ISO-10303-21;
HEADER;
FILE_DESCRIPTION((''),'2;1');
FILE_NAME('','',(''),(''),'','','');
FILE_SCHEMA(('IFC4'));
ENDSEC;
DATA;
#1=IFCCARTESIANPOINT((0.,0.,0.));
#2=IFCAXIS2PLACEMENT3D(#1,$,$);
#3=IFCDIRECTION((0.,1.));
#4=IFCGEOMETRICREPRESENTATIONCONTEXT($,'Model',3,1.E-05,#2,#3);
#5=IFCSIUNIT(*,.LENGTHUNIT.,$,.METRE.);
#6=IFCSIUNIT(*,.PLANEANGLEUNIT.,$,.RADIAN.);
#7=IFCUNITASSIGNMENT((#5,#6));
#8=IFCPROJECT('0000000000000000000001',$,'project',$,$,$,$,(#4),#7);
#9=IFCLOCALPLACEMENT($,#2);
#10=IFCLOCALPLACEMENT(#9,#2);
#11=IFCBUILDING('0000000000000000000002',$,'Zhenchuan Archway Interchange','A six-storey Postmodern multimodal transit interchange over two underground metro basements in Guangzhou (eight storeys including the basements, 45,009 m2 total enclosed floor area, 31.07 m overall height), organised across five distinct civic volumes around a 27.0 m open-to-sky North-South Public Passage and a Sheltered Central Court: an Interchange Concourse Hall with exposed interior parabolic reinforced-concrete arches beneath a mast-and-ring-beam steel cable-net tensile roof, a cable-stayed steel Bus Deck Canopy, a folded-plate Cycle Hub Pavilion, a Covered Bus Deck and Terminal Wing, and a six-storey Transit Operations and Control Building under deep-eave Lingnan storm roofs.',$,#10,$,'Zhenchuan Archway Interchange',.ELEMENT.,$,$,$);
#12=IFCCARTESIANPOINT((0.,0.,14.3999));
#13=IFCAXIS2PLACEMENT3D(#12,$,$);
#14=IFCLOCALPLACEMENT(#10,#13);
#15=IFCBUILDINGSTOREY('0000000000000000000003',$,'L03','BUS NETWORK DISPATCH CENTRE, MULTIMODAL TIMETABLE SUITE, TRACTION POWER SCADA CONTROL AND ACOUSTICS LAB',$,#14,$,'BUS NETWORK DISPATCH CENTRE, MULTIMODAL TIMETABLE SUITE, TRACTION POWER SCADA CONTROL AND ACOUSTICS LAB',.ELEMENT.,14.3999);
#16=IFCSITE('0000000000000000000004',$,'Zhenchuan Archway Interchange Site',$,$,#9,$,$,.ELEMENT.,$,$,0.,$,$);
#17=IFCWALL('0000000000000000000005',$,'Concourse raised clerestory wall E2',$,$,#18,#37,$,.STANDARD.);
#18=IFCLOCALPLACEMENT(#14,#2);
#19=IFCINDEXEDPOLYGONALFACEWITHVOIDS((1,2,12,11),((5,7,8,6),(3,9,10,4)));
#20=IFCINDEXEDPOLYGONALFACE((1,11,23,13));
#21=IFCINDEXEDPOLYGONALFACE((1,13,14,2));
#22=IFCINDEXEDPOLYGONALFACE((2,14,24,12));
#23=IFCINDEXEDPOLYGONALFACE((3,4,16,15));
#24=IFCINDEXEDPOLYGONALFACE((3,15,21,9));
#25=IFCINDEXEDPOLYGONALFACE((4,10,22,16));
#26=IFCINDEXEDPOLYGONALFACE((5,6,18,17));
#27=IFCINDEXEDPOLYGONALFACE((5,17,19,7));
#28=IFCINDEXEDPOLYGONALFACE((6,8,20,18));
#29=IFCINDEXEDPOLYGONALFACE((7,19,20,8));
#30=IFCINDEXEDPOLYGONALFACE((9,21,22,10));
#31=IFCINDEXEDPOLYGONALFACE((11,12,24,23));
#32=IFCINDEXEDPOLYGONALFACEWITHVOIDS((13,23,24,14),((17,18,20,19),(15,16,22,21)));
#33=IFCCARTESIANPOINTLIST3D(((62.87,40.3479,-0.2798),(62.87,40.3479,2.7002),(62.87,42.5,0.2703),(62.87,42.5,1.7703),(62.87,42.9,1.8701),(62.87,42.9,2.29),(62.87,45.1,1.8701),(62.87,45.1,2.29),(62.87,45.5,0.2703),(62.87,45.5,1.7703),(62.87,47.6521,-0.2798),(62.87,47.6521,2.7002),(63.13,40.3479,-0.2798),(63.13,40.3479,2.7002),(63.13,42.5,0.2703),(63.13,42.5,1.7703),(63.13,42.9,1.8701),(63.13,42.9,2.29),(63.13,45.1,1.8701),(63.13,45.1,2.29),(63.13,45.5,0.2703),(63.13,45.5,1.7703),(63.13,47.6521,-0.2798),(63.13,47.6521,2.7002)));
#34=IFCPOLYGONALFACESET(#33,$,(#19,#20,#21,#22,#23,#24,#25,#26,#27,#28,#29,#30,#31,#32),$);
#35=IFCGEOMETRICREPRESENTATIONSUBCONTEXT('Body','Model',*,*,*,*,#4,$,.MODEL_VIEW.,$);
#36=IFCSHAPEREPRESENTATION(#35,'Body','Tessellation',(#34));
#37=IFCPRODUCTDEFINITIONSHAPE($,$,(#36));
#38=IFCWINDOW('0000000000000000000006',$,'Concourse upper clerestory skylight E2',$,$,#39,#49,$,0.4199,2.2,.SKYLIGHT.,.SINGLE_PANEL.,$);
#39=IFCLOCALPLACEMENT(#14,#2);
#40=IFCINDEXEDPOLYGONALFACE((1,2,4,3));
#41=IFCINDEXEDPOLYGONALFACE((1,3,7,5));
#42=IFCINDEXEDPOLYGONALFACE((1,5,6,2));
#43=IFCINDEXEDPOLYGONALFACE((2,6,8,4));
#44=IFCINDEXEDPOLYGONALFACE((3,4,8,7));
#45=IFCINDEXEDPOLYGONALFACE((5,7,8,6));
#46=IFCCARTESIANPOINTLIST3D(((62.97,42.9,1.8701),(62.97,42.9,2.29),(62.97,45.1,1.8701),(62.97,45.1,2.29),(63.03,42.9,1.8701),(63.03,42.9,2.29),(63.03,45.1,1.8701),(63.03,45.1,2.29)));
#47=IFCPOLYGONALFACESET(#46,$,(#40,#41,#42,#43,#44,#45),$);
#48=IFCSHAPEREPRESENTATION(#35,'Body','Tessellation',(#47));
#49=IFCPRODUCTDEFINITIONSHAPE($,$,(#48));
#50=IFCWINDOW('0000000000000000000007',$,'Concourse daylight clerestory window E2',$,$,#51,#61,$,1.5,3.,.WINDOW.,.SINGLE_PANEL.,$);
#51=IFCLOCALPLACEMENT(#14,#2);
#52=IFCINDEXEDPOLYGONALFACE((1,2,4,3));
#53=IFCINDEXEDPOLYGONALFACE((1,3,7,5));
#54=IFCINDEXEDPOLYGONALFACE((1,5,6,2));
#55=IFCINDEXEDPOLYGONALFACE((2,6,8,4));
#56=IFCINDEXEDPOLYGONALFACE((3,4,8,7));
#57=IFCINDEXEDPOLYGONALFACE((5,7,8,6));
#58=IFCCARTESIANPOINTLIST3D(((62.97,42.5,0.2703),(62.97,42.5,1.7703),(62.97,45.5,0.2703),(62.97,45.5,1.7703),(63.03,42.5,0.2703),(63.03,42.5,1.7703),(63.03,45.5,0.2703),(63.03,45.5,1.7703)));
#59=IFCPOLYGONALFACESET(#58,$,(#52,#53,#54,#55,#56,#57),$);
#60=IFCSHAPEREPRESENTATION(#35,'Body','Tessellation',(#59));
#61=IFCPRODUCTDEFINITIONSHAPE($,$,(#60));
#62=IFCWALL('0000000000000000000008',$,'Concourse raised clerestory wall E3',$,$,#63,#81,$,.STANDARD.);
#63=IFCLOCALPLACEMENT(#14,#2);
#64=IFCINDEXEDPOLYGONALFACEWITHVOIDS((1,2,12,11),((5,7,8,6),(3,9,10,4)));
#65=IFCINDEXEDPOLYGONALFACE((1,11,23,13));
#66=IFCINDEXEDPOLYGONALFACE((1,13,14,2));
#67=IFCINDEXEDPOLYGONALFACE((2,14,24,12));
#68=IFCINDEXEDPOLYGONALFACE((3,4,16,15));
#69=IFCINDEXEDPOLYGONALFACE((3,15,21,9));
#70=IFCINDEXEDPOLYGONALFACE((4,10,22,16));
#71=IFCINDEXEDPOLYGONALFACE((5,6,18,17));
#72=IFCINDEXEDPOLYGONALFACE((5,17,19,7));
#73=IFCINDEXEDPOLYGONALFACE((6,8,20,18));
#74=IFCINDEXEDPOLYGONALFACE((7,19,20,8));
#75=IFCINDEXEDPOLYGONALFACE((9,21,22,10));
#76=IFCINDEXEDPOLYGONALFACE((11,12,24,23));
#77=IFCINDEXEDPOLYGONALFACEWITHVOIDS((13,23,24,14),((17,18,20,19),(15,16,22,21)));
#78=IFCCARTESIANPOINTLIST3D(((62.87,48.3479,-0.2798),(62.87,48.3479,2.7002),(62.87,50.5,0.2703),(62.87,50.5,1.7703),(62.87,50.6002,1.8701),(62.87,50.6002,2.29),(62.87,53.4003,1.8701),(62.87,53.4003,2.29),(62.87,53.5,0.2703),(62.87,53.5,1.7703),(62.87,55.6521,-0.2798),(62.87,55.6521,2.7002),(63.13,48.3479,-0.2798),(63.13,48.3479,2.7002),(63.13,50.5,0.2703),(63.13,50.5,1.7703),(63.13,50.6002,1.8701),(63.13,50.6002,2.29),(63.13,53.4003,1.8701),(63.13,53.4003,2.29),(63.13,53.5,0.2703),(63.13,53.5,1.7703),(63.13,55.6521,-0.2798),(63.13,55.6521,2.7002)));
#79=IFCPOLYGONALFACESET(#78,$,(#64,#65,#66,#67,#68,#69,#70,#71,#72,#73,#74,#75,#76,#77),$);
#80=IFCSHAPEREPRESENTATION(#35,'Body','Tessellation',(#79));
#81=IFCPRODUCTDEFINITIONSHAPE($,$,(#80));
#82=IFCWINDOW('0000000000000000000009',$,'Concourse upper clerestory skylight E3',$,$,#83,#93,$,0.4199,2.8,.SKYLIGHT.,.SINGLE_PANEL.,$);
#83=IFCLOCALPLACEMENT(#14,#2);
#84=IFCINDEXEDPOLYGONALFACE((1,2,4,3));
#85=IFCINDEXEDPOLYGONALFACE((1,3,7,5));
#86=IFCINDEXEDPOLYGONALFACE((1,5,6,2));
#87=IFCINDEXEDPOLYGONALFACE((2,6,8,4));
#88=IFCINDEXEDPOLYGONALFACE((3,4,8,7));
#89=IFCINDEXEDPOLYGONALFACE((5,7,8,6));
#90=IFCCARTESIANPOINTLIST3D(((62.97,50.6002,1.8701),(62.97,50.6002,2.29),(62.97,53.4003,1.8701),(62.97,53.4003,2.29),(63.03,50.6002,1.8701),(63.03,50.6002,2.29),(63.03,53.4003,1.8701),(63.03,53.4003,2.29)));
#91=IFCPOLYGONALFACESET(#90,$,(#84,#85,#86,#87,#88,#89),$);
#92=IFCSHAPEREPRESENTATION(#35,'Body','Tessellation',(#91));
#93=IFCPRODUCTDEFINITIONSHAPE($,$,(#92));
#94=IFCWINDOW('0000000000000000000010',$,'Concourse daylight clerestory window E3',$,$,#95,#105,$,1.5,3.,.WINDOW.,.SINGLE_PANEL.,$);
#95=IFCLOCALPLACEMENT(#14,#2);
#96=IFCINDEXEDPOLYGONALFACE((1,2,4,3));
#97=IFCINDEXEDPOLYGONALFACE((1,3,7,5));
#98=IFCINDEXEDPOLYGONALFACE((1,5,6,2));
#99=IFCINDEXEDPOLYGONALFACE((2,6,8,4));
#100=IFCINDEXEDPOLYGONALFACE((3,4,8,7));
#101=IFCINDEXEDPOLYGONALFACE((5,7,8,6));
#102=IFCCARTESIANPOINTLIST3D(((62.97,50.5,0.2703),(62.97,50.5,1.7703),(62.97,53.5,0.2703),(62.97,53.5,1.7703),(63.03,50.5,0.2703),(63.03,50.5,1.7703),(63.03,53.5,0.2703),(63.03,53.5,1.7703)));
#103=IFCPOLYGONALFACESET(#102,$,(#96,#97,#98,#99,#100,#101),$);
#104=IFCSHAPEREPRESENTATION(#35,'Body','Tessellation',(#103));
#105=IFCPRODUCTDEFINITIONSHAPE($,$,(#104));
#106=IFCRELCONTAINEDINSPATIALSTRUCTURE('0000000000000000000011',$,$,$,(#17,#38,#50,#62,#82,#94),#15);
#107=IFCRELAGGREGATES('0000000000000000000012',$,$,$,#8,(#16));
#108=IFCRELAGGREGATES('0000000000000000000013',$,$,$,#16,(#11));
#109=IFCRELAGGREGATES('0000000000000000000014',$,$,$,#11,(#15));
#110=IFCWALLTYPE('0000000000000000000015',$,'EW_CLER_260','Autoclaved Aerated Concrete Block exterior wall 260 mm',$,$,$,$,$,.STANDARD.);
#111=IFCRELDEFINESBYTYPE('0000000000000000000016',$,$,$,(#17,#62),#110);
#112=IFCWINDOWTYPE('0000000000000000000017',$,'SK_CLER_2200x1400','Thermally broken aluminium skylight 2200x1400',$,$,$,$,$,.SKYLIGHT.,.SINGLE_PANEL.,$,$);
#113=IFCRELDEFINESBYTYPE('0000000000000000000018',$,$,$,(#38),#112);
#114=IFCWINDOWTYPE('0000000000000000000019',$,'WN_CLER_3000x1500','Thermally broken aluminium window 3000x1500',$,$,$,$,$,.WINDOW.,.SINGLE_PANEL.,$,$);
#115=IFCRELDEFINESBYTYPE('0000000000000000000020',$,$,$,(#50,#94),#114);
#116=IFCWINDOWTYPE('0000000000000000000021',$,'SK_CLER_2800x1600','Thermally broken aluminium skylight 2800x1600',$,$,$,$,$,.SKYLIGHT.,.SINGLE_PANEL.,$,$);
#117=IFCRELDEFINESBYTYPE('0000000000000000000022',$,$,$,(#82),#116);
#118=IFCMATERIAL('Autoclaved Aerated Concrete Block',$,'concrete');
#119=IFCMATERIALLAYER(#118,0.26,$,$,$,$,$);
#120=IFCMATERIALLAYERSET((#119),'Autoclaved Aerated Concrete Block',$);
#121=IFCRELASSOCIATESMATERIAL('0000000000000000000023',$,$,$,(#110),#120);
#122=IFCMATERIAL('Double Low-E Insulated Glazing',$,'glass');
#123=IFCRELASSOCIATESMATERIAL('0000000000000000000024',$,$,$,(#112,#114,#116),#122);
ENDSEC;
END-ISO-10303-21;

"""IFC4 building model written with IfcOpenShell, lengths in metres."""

from ifc_helpers import new_model, si_unit, direction, frame, frame_2d, origin, place, context, subcontext, project, spatial, rectangle, extrude, material, layer, layer_set, type_object, element, fill, save


model = new_model("IFC4")

# Units and contexts
model_context = context("Model", 3, precision=1e-05, world=origin(), true_north=direction((0.0, 1.0)))
body_context = subcontext(model_context, "Body", "Model", "MODEL_VIEW")
ifc_project = project(units=[si_unit("LENGTHUNIT", "METRE"), si_unit("PLANEANGLEUNIT", "RADIAN")], contexts=[model_context])

# Site, building, storey
site_placement = place(None, origin())
site = spatial("IfcSite", under=ifc_project, at=site_placement, Name="Zhenchuan Archway Interchange Site", CompositionType="ELEMENT", RefElevation=0.0)
building_placement = place(site_placement, origin())
building = spatial("IfcBuilding", under=site, at=building_placement, Name="Zhenchuan Archway Interchange", Description="A six-storey Postmodern multimodal transit interchange over two underground metro basements in Guangzhou (eight storeys including the basements, 45,009 m2 total enclosed floor area, 31.07 m overall height), organised across five distinct civic volumes around a 27.0 m open-to-sky North-South Public Passage and a Sheltered Central Court: an Interchange Concourse Hall with exposed interior parabolic reinforced-concrete arches beneath a mast-and-ring-beam steel cable-net tensile roof, a cable-stayed steel Bus Deck Canopy, a folded-plate Cycle Hub Pavilion, a Covered Bus Deck and Terminal Wing, and a six-storey Transit Operations and Control Building under deep-eave Lingnan storm roofs.", LongName="Zhenchuan Archway Interchange", CompositionType="ELEMENT")
storey_placement = place(building_placement, frame((0.0, 0.0, 14.3999)))
storey = spatial("IfcBuildingStorey", under=building, at=storey_placement, Name="L03", Description="BUS NETWORK DISPATCH CENTRE, MULTIMODAL TIMETABLE SUITE, TRACTION POWER SCADA CONTROL AND ACOUSTICS LAB", LongName="BUS NETWORK DISPATCH CENTRE, MULTIMODAL TIMETABLE SUITE, TRACTION POWER SCADA CONTROL AND ACOUSTICS LAB", CompositionType="ELEMENT", Elevation=14.3999)

# Walls, openings, windows
ifc_material_1 = material(Name="Autoclaved Aerated Concrete Block", Category="concrete")
ifc_layer = layer(ifc_material_1, 0.26)
ifc_layer_set = layer_set([ifc_layer], Name="Autoclaved Aerated Concrete Block")
wall_type = type_object("IfcWallType", Name="EW_CLER_260", Description="Autoclaved Aerated Concrete Block exterior wall 260 mm", PredefinedType="STANDARD", material=ifc_layer_set)
wall_1_placement = place(storey_placement, frame((63.0, 47.6521, -0.2798), z_axis=(0.0, 0.0, 1.0), x_axis=(0.0, -1.0, 0.0)))
wall_1 = element("IfcWall", 1, at=wall_1_placement, inside=storey, type_object=wall_type, Name="Concourse raised clerestory wall E2", PredefinedType="STANDARD", context=body_context, shape_type="SweptSolid", body=[
    extrude(rectangle(XDim=7.3042, YDim=0.26, at=frame_2d((3.6521, 0.0))), origin(), (0.0, 0.0, 1.0), 2.98),
])
opening_1_placement = place(wall_1_placement, frame((2.1521, 0.0, 0.55)))
opening_1 = element("IfcOpeningElement", 2, at=opening_1_placement, cuts=wall_1, PredefinedType="OPENING", context=body_context, shape_type="SweptSolid", body=[
    extrude(rectangle(XDim=3.0, YDim=1.5, at=frame_2d((1.5, 0.75))), frame((0.0, 0.1421, 0.0), z_axis=(0.0, -1.0, 0.0), x_axis=(1.0, 0.0, 0.0)), (0.0, 0.0, 1.0), 0.2839),
])
opening_2_placement = place(wall_1_placement, frame((2.552, 0.0, 2.1499)))
opening_2 = element("IfcOpeningElement", 3, at=opening_2_placement, cuts=wall_1, PredefinedType="OPENING", context=body_context, shape_type="SweptSolid", body=[
    extrude(rectangle(XDim=2.2, YDim=0.4199, at=frame_2d((1.1001, 0.21))), frame((0.0, 0.1421, 0.0), z_axis=(0.0, -1.0, 0.0), x_axis=(1.0, 0.0, 0.0)), (0.0, 0.0, 1.0), 0.2839),
])
ifc_material_2 = material(Name="Double Low-E Insulated Glazing", Category="glass")
window_type_1 = type_object("IfcWindowType", Name="SK_CLER_2200x1400", Description="Thermally broken aluminium skylight 2200x1400", PartitioningType="SINGLE_PANEL", PredefinedType="SKYLIGHT", material=ifc_material_2)
window_1_placement = place(opening_2_placement, origin())
window_1 = element("IfcWindow", 4, at=window_1_placement, inside=storey, type_object=window_type_1, Name="Concourse upper clerestory skylight E2", OverallHeight=0.4199, OverallWidth=2.2, PartitioningType="SINGLE_PANEL", PredefinedType="SKYLIGHT", context=body_context, shape_type="SweptSolid", body=[
    extrude(rectangle(XDim=2.2, YDim=0.4199, at=frame_2d((1.1001, 0.21))), frame((0.0, 0.03, 0.0), z_axis=(0.0, -1.0, 0.0), x_axis=(1.0, 0.0, 0.0)), (0.0, 0.0, 1.0), 0.0601),
])
fill(opening_2, window_1)
window_type_2 = type_object("IfcWindowType", Name="WN_CLER_3000x1500", Description="Thermally broken aluminium window 3000x1500", PartitioningType="SINGLE_PANEL", PredefinedType="WINDOW", material=ifc_material_2)
window_2_placement = place(opening_1_placement, origin())
window_2 = element("IfcWindow", 5, at=window_2_placement, inside=storey, type_object=window_type_2, Name="Concourse daylight clerestory window E2", OverallHeight=1.5, OverallWidth=3.0, PartitioningType="SINGLE_PANEL", PredefinedType="WINDOW", context=body_context, shape_type="SweptSolid", body=[
    extrude(rectangle(XDim=3.0, YDim=1.5, at=frame_2d((1.5, 0.75))), frame((0.0, 0.03, 0.0), z_axis=(0.0, -1.0, 0.0), x_axis=(1.0, 0.0, 0.0)), (0.0, 0.0, 1.0), 0.0601),
])
fill(opening_1, window_2)
wall_2_placement = place(storey_placement, frame((63.0, 55.6521, -0.2798), z_axis=(0.0, 0.0, 1.0), x_axis=(0.0, -1.0, 0.0)))
wall_2 = element("IfcWall", 6, at=wall_2_placement, inside=storey, type_object=wall_type, Name="Concourse raised clerestory wall E3", PredefinedType="STANDARD", context=body_context, shape_type="SweptSolid", body=[
    extrude(rectangle(XDim=7.3042, YDim=0.26, at=frame_2d((3.6521, 0.0))), origin(), (0.0, 0.0, 1.0), 2.98),
])
opening_3_placement = place(wall_2_placement, frame((2.1521, 0.0, 0.55)))
opening_3 = element("IfcOpeningElement", 7, at=opening_3_placement, cuts=wall_2, PredefinedType="OPENING", context=body_context, shape_type="SweptSolid", body=[
    extrude(rectangle(XDim=3.0, YDim=1.5, at=frame_2d((1.5, 0.75))), frame((0.0, 0.1421, 0.0), z_axis=(0.0, -1.0, 0.0), x_axis=(1.0, 0.0, 0.0)), (0.0, 0.0, 1.0), 0.2839),
])
opening_4_placement = place(wall_2_placement, frame((2.252, 0.0, 2.1499)))
opening_4 = element("IfcOpeningElement", 8, at=opening_4_placement, cuts=wall_2, PredefinedType="OPENING", context=body_context, shape_type="SweptSolid", body=[
    extrude(rectangle(XDim=2.8, YDim=0.4199, at=frame_2d((1.3999, 0.21))), frame((0.0, 0.1421, 0.0), z_axis=(0.0, -1.0, 0.0), x_axis=(1.0, 0.0, 0.0)), (0.0, 0.0, 1.0), 0.2839),
])
window_type_3 = type_object("IfcWindowType", Name="SK_CLER_2800x1600", Description="Thermally broken aluminium skylight 2800x1600", PartitioningType="SINGLE_PANEL", PredefinedType="SKYLIGHT", material=ifc_material_2)
window_3_placement = place(opening_4_placement, origin())
window_3 = element("IfcWindow", 9, at=window_3_placement, inside=storey, type_object=window_type_3, Name="Concourse upper clerestory skylight E3", OverallHeight=0.4199, OverallWidth=2.8, PartitioningType="SINGLE_PANEL", PredefinedType="SKYLIGHT", context=body_context, shape_type="SweptSolid", body=[
    extrude(rectangle(XDim=2.8, YDim=0.4199, at=frame_2d((1.3999, 0.21))), frame((0.0, 0.03, 0.0), z_axis=(0.0, -1.0, 0.0), x_axis=(1.0, 0.0, 0.0)), (0.0, 0.0, 1.0), 0.0601),
])
fill(opening_4, window_3)
window_4_placement = place(opening_3_placement, origin())
window_4 = element("IfcWindow", 10, at=window_4_placement, inside=storey, type_object=window_type_2, Name="Concourse daylight clerestory window E3", OverallHeight=1.5, OverallWidth=3.0, PartitioningType="SINGLE_PANEL", PredefinedType="WINDOW", context=body_context, shape_type="SweptSolid", body=[
    extrude(rectangle(XDim=3.0, YDim=1.5, at=frame_2d((1.5, 0.75))), frame((0.0, 0.03, 0.0), z_axis=(0.0, -1.0, 0.0), x_axis=(1.0, 0.0, 0.0)), (0.0, 0.0, 1.0), 0.0601),
])
fill(opening_3, window_4)

save(model, "model.ifc")
